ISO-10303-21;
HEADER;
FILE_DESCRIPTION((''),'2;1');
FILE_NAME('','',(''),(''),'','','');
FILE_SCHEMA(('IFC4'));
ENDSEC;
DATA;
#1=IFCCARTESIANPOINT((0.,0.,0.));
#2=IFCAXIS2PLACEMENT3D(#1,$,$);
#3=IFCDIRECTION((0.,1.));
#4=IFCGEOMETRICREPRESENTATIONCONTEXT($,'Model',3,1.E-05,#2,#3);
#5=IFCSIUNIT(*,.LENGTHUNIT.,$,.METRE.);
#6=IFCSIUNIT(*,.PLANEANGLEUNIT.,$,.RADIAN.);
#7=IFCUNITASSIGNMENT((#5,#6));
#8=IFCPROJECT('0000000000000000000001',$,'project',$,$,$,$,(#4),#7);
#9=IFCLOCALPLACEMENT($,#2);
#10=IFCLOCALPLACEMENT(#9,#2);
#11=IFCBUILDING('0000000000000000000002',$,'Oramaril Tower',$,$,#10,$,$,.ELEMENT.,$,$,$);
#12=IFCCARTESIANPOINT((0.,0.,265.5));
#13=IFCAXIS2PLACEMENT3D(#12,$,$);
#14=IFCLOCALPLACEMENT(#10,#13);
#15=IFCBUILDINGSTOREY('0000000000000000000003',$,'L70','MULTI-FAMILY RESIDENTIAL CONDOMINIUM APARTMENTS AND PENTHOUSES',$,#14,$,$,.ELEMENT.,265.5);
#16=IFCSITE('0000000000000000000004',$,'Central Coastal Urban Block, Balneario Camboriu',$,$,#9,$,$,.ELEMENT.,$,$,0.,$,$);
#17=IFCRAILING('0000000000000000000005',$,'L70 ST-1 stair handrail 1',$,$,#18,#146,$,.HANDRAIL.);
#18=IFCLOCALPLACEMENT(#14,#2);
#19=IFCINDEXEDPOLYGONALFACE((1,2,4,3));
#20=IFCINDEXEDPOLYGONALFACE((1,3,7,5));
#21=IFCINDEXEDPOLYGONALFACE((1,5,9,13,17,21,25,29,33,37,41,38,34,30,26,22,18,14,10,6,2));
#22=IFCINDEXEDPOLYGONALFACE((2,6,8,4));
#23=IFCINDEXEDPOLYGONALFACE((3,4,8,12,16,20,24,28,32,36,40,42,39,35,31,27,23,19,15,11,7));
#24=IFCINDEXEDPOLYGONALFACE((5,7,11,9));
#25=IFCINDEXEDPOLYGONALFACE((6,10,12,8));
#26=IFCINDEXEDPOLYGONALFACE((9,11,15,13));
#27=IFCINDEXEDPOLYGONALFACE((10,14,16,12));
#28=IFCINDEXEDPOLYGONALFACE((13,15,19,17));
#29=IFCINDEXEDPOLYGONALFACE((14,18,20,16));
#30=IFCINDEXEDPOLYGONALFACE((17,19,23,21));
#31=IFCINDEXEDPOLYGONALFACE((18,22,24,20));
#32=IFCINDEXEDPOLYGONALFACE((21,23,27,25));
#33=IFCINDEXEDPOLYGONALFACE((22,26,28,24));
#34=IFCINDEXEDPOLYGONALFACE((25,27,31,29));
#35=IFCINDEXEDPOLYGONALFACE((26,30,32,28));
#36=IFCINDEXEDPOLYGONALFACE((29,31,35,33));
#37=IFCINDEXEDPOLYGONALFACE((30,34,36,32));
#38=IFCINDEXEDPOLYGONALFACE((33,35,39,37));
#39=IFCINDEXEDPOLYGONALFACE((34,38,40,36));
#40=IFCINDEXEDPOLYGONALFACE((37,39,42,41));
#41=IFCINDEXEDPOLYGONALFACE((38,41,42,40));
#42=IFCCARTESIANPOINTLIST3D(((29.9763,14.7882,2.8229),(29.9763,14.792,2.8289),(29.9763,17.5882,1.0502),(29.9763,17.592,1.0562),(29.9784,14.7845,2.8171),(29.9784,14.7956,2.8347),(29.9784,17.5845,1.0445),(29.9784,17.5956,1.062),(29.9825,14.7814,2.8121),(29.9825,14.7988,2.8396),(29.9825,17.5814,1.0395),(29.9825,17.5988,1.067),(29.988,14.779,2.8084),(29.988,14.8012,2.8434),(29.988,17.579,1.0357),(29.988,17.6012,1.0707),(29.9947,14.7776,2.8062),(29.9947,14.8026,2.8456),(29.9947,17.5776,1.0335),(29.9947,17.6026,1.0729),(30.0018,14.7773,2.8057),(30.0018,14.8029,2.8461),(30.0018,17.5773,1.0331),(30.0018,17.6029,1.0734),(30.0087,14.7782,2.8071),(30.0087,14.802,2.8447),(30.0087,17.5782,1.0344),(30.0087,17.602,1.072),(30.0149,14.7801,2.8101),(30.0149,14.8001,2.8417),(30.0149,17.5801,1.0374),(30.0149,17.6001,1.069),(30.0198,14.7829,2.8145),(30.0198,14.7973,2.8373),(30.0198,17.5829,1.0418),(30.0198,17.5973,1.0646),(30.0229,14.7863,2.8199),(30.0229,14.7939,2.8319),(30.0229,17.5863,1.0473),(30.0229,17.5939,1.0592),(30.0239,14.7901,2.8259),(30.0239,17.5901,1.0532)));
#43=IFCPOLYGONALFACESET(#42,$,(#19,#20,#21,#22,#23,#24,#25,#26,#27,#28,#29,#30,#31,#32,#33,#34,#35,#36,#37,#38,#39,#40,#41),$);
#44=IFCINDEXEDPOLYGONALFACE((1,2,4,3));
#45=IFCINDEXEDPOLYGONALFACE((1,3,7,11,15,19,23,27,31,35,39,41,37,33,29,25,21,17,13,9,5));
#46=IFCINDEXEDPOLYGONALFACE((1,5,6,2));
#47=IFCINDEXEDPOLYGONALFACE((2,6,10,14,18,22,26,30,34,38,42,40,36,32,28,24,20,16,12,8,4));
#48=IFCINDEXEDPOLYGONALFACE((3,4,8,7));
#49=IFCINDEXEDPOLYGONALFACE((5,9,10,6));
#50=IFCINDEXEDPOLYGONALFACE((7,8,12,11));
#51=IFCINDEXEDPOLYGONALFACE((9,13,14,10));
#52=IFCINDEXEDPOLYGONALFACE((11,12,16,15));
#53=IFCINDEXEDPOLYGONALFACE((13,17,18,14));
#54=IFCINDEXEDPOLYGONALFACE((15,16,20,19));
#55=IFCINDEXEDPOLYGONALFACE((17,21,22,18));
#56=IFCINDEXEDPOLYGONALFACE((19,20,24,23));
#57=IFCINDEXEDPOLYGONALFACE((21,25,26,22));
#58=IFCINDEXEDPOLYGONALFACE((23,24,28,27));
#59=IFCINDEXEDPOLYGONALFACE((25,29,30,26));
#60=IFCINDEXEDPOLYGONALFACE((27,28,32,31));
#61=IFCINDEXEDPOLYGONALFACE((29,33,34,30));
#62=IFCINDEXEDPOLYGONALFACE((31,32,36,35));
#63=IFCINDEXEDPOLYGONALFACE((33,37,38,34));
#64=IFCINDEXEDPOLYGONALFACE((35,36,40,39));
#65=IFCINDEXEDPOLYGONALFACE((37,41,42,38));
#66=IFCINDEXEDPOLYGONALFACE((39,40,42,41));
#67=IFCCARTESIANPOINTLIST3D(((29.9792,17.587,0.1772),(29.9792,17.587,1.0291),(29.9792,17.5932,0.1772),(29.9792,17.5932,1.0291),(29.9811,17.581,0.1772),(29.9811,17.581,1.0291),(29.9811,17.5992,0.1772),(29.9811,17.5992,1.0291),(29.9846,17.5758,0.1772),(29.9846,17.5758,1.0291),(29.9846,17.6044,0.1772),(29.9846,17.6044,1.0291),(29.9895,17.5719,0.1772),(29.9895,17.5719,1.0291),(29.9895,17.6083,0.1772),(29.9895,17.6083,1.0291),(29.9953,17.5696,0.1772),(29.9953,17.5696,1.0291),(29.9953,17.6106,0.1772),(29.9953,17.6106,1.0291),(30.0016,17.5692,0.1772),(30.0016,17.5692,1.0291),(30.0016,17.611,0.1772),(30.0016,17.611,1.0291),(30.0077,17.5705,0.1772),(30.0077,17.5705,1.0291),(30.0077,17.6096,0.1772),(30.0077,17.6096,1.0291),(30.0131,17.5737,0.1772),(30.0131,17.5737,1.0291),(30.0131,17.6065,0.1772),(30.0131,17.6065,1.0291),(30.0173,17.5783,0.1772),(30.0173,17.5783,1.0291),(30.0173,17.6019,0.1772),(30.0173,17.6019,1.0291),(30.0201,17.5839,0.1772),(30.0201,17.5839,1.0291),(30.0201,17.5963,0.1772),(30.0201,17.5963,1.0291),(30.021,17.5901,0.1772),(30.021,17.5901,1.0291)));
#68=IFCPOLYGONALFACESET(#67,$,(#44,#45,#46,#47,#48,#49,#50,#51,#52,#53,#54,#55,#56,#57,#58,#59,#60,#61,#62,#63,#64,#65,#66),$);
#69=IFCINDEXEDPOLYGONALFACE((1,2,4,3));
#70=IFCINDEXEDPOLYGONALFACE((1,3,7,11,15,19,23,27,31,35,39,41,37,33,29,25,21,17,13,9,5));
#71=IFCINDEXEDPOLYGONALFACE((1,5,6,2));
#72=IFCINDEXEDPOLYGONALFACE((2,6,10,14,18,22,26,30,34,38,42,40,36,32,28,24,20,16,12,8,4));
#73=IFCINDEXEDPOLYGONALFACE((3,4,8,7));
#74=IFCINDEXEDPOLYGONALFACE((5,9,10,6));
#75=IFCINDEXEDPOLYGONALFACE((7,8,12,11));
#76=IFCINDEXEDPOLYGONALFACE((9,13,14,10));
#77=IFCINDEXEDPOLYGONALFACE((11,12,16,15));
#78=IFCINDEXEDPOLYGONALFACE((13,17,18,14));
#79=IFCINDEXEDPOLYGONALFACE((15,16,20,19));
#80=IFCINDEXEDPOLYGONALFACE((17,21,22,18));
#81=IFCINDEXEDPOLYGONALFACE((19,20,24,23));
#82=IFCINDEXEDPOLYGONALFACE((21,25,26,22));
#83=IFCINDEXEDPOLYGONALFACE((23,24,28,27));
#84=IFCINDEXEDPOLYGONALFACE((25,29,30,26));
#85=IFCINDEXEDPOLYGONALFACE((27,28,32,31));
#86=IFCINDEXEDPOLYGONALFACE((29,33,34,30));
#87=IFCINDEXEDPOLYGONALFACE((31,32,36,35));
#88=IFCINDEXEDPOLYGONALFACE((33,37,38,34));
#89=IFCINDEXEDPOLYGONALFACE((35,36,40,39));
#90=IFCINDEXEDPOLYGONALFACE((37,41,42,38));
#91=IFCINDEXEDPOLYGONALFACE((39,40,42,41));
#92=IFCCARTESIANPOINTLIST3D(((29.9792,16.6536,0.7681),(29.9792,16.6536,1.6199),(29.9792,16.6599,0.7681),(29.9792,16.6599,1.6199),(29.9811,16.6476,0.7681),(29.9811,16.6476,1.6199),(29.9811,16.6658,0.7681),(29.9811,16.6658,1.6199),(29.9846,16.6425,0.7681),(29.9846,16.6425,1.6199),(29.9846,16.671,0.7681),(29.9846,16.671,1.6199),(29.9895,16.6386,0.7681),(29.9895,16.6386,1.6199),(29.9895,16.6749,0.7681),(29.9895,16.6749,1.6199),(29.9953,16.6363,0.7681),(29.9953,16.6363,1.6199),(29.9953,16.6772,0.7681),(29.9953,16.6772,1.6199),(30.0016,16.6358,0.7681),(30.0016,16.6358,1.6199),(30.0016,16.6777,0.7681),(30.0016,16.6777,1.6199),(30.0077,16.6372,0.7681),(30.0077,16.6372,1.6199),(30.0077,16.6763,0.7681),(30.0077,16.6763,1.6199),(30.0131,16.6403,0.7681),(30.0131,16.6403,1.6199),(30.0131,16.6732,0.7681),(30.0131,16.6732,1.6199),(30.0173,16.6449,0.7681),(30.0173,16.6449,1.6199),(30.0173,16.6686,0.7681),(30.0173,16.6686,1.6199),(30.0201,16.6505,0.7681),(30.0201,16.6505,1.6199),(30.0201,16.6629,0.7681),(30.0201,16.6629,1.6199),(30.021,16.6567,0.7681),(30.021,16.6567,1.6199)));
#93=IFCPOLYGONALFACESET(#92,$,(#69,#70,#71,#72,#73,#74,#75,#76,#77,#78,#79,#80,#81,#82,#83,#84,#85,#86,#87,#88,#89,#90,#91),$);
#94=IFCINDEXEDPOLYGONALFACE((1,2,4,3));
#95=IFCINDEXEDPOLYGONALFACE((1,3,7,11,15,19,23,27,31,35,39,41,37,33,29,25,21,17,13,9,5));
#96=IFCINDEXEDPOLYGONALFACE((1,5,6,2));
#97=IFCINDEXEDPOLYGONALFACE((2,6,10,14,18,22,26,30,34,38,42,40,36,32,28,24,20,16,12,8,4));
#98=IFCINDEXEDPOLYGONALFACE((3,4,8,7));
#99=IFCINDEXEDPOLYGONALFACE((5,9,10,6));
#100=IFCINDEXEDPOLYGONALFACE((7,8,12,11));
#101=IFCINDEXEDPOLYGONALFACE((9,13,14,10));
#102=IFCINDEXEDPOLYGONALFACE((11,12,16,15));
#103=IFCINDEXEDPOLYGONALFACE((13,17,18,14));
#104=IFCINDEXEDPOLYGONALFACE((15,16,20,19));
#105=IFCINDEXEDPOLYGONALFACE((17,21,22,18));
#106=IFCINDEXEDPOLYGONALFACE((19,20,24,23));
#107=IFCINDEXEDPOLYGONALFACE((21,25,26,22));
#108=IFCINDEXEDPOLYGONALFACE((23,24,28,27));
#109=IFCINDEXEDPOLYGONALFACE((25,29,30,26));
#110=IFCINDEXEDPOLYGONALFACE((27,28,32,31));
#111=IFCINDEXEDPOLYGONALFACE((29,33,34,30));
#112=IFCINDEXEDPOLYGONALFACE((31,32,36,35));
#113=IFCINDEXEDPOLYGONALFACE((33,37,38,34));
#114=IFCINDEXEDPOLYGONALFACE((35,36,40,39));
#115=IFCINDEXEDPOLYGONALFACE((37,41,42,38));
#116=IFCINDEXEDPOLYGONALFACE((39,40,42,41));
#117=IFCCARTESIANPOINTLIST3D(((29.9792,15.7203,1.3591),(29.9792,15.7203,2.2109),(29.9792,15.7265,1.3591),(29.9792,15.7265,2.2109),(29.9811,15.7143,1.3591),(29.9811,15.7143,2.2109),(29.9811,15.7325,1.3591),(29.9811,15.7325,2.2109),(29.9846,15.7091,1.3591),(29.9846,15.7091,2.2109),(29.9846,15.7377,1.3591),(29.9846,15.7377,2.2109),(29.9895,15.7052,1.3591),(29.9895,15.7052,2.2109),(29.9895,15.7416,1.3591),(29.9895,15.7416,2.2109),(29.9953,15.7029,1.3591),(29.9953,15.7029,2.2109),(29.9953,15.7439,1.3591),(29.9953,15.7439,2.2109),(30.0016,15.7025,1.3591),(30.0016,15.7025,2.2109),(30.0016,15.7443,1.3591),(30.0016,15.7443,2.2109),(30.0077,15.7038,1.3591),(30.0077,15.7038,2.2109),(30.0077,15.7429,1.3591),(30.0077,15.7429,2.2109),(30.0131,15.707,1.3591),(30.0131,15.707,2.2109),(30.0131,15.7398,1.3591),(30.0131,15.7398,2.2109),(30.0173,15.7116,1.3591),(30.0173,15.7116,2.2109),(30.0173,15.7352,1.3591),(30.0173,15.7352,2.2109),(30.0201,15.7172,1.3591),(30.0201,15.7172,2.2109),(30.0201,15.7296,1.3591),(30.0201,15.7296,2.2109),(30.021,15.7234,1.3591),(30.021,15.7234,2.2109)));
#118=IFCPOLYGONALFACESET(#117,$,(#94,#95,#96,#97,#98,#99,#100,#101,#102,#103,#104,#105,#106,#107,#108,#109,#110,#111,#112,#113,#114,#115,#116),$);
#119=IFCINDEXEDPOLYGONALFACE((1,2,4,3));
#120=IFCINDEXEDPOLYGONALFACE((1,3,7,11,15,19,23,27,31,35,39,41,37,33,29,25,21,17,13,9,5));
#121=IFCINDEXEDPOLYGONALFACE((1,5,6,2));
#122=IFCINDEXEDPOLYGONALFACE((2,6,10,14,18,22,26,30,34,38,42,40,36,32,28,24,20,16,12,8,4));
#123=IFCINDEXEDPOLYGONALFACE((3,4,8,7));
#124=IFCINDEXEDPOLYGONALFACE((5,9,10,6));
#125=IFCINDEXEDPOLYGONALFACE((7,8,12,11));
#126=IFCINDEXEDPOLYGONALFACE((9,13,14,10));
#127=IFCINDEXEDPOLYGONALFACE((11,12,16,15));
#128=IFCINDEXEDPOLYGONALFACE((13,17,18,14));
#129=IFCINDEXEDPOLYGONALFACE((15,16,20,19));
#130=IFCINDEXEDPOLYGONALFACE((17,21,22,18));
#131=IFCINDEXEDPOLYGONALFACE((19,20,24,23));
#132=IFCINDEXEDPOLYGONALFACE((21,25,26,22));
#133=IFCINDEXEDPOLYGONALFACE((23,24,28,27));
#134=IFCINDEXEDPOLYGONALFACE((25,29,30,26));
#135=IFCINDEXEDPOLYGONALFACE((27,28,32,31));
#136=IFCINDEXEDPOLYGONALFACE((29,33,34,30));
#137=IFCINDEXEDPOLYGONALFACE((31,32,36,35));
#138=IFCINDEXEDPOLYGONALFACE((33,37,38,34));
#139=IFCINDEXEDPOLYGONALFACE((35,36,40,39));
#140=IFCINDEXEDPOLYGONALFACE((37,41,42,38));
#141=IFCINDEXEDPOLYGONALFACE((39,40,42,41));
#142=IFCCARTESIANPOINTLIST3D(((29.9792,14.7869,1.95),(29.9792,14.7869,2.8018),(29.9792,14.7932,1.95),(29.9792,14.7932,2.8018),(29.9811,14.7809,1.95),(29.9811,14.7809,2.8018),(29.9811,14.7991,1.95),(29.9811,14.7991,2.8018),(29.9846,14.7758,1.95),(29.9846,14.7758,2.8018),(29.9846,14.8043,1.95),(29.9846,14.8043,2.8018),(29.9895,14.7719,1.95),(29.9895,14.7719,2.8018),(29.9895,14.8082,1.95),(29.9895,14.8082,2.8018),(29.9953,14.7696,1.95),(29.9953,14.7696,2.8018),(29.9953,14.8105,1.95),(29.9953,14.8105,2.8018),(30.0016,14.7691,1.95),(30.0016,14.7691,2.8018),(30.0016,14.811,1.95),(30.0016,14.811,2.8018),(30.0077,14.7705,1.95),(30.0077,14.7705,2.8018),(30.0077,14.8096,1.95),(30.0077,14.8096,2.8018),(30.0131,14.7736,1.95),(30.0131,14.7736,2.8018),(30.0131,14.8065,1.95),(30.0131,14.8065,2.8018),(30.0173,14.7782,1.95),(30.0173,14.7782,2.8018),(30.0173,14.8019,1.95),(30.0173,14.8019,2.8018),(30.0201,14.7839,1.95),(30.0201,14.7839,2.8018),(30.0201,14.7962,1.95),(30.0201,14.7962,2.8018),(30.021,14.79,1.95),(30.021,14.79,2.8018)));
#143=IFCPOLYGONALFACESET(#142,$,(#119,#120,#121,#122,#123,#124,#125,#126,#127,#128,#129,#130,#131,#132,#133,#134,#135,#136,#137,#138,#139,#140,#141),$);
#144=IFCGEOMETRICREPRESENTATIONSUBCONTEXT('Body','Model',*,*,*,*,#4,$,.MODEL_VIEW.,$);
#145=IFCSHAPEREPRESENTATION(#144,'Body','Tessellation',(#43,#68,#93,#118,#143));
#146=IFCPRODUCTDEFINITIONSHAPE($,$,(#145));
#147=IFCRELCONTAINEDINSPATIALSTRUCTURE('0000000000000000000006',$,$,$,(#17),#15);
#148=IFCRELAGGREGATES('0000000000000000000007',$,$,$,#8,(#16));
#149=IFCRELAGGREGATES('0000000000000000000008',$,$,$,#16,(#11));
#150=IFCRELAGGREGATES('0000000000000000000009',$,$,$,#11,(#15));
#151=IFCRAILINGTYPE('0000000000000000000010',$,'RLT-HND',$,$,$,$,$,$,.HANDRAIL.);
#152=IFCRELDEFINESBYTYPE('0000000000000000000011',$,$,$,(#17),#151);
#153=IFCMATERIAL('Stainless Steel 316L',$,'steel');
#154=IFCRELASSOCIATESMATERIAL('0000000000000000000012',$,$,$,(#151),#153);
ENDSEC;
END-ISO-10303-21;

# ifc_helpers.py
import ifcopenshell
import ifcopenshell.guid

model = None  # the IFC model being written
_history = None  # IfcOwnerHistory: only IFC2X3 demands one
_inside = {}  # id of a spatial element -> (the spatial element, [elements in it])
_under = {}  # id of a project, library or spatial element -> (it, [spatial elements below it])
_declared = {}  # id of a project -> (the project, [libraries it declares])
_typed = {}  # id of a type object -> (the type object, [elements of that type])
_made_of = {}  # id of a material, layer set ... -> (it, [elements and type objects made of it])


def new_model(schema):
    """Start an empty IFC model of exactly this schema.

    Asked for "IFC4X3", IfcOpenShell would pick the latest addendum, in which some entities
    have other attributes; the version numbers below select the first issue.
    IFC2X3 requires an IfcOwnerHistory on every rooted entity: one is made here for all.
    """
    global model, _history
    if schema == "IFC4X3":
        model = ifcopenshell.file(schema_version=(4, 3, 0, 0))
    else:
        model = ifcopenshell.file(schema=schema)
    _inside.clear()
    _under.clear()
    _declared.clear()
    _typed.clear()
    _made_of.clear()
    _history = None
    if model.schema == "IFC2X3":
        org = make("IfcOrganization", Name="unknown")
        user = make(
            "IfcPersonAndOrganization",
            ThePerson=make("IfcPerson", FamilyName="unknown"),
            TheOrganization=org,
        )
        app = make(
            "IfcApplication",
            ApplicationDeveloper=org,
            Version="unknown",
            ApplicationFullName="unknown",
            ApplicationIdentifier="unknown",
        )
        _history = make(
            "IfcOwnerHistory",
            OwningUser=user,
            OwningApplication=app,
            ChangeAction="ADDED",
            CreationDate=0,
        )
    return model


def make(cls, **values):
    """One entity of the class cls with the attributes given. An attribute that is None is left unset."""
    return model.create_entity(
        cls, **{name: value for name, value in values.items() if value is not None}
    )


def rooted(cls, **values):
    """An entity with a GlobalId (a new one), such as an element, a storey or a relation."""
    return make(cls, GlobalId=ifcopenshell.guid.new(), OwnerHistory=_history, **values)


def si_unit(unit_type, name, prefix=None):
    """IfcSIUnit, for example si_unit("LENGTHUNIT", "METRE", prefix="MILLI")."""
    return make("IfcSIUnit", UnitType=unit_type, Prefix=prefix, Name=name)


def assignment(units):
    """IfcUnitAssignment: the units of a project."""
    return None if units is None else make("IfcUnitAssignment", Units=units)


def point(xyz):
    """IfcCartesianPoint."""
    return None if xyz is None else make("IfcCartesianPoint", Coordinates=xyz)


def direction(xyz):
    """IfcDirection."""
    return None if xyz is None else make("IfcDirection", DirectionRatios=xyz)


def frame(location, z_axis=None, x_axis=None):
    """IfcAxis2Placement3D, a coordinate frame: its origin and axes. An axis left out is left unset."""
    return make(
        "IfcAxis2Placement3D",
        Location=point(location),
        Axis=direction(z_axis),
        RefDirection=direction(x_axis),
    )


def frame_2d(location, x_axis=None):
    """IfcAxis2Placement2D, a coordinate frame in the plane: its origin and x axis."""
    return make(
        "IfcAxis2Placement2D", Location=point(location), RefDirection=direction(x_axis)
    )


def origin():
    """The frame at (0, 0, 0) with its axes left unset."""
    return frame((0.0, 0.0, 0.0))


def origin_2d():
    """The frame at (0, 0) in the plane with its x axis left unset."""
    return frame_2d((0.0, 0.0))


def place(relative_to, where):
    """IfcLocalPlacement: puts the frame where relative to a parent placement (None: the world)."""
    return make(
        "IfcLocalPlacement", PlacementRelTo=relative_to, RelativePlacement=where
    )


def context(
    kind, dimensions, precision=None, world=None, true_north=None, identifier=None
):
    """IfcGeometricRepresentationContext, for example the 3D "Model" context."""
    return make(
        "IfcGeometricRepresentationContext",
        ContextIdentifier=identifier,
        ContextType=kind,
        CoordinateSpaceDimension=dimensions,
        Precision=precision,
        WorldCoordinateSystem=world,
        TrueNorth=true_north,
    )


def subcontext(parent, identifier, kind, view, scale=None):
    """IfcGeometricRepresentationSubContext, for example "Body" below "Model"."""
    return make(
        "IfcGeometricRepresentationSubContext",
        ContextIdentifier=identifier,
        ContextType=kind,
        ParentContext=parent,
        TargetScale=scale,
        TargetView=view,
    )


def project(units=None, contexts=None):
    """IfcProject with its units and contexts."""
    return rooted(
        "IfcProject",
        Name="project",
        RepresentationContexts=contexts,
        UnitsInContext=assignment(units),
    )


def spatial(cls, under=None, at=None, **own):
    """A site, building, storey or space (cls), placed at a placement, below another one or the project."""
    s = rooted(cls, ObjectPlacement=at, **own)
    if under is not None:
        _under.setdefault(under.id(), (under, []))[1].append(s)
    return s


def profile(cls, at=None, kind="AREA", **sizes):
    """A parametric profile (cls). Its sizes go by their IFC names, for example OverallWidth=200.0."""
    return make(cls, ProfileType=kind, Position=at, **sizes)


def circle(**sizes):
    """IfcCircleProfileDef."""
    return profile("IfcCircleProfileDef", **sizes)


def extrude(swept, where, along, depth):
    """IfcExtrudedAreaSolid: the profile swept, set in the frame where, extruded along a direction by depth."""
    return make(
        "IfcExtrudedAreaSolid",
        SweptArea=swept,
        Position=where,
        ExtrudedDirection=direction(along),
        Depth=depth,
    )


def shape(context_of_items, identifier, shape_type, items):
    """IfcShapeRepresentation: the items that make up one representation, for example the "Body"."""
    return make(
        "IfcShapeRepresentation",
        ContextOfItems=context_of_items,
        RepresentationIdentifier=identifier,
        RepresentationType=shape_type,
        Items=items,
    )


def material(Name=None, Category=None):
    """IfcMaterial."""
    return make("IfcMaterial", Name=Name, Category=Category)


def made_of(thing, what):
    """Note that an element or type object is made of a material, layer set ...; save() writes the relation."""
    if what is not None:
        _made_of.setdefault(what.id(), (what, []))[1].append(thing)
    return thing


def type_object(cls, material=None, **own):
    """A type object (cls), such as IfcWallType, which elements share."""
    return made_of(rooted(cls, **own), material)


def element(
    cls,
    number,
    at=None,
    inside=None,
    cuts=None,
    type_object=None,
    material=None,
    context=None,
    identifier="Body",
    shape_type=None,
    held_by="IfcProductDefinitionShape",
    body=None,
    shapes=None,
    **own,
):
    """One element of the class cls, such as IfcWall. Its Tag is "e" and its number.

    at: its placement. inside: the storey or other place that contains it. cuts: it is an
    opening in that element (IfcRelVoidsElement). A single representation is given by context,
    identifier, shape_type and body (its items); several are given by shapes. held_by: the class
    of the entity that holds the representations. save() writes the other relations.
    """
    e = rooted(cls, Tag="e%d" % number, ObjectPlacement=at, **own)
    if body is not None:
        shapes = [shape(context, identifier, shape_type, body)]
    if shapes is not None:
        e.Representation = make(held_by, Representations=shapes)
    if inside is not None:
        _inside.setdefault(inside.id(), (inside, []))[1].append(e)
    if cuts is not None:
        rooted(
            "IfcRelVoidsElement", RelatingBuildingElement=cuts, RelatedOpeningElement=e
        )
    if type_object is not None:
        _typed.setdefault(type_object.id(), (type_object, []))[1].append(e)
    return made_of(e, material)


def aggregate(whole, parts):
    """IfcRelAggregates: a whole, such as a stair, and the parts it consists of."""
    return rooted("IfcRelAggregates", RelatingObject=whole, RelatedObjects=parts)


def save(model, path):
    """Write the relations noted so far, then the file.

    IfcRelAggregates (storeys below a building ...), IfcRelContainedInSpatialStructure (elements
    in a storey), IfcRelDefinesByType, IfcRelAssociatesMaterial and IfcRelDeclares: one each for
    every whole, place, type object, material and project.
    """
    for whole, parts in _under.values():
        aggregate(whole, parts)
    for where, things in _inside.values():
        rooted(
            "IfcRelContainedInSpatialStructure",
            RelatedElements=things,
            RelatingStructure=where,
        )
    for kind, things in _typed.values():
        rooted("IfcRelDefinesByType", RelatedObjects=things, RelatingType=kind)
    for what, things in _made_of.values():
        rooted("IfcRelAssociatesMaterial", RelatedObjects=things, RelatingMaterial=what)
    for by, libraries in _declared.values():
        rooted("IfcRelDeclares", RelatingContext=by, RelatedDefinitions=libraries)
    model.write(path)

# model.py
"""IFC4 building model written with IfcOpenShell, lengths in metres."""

from ifc_helpers import new_model, si_unit, direction, frame, origin, origin_2d, place, context, subcontext, project, spatial, circle, extrude, material, type_object, element, save


model = new_model("IFC4")

# Units and contexts
model_context = context("Model", 3, precision=1e-05, world=origin(), true_north=direction((0.0, 1.0)))
body_context = subcontext(model_context, "Body", "Model", "MODEL_VIEW")
ifc_project = project(units=[si_unit("LENGTHUNIT", "METRE"), si_unit("PLANEANGLEUNIT", "RADIAN")], contexts=[model_context])

# Site, building, storey
site_placement = place(None, origin())
site = spatial("IfcSite", under=ifc_project, at=site_placement, Name="Central Coastal Urban Block, Balneario Camboriu", CompositionType="ELEMENT", RefElevation=0.0)
building_placement = place(site_placement, origin())
building = spatial("IfcBuilding", under=site, at=building_placement, Name="Oramaril Tower", CompositionType="ELEMENT")
storey_placement = place(building_placement, frame((0.0, 0.0, 265.5)))
storey = spatial("IfcBuildingStorey", under=building, at=storey_placement, Name="L70", Description="MULTI-FAMILY RESIDENTIAL CONDOMINIUM APARTMENTS AND PENTHOUSES", CompositionType="ELEMENT", Elevation=265.5)

# Railing
ifc_material_1 = material(Name="Stainless Steel 316L", Category="steel")
railing_type_1 = type_object("IfcRailingType", Name="RLT-HND", PredefinedType="HANDRAIL", material=ifc_material_1)
railing_1_placement = place(storey_placement, frame((30.0, 17.5901, 0.1772)))
element("IfcRailing", 1, at=railing_1_placement, inside=storey, type_object=railing_type_1, Name="L70 ST-1 stair handrail 1", PredefinedType="HANDRAIL", context=body_context, shape_type="SweptSolid", body=[
    extrude(circle(Radius=0.0239, at=origin_2d()), frame((0.0, 0.0, 0.876), z_axis=(0.0, -0.844909, 0.53491), x_axis=(1.0, 0.0, 0.0)), (0.0, 0.0, 1.0), 3.314),
    extrude(circle(Radius=0.021, at=origin_2d()), origin(), (0.0, 0.0, 1.0), 0.8518),
    extrude(circle(Radius=0.021, at=origin_2d()), frame((0.0, -0.9333, 0.5908)), (0.0, 0.0, 1.0), 0.8518),
    extrude(circle(Radius=0.021, at=origin_2d()), frame((0.0, -1.8667, 1.1819)), (0.0, 0.0, 1.0), 0.8518),
    extrude(circle(Radius=0.021, at=origin_2d()), frame((0.0, -2.8, 1.7727)), (0.0, 0.0, 1.0), 0.8518),
])

save(model, "model.ifc")
